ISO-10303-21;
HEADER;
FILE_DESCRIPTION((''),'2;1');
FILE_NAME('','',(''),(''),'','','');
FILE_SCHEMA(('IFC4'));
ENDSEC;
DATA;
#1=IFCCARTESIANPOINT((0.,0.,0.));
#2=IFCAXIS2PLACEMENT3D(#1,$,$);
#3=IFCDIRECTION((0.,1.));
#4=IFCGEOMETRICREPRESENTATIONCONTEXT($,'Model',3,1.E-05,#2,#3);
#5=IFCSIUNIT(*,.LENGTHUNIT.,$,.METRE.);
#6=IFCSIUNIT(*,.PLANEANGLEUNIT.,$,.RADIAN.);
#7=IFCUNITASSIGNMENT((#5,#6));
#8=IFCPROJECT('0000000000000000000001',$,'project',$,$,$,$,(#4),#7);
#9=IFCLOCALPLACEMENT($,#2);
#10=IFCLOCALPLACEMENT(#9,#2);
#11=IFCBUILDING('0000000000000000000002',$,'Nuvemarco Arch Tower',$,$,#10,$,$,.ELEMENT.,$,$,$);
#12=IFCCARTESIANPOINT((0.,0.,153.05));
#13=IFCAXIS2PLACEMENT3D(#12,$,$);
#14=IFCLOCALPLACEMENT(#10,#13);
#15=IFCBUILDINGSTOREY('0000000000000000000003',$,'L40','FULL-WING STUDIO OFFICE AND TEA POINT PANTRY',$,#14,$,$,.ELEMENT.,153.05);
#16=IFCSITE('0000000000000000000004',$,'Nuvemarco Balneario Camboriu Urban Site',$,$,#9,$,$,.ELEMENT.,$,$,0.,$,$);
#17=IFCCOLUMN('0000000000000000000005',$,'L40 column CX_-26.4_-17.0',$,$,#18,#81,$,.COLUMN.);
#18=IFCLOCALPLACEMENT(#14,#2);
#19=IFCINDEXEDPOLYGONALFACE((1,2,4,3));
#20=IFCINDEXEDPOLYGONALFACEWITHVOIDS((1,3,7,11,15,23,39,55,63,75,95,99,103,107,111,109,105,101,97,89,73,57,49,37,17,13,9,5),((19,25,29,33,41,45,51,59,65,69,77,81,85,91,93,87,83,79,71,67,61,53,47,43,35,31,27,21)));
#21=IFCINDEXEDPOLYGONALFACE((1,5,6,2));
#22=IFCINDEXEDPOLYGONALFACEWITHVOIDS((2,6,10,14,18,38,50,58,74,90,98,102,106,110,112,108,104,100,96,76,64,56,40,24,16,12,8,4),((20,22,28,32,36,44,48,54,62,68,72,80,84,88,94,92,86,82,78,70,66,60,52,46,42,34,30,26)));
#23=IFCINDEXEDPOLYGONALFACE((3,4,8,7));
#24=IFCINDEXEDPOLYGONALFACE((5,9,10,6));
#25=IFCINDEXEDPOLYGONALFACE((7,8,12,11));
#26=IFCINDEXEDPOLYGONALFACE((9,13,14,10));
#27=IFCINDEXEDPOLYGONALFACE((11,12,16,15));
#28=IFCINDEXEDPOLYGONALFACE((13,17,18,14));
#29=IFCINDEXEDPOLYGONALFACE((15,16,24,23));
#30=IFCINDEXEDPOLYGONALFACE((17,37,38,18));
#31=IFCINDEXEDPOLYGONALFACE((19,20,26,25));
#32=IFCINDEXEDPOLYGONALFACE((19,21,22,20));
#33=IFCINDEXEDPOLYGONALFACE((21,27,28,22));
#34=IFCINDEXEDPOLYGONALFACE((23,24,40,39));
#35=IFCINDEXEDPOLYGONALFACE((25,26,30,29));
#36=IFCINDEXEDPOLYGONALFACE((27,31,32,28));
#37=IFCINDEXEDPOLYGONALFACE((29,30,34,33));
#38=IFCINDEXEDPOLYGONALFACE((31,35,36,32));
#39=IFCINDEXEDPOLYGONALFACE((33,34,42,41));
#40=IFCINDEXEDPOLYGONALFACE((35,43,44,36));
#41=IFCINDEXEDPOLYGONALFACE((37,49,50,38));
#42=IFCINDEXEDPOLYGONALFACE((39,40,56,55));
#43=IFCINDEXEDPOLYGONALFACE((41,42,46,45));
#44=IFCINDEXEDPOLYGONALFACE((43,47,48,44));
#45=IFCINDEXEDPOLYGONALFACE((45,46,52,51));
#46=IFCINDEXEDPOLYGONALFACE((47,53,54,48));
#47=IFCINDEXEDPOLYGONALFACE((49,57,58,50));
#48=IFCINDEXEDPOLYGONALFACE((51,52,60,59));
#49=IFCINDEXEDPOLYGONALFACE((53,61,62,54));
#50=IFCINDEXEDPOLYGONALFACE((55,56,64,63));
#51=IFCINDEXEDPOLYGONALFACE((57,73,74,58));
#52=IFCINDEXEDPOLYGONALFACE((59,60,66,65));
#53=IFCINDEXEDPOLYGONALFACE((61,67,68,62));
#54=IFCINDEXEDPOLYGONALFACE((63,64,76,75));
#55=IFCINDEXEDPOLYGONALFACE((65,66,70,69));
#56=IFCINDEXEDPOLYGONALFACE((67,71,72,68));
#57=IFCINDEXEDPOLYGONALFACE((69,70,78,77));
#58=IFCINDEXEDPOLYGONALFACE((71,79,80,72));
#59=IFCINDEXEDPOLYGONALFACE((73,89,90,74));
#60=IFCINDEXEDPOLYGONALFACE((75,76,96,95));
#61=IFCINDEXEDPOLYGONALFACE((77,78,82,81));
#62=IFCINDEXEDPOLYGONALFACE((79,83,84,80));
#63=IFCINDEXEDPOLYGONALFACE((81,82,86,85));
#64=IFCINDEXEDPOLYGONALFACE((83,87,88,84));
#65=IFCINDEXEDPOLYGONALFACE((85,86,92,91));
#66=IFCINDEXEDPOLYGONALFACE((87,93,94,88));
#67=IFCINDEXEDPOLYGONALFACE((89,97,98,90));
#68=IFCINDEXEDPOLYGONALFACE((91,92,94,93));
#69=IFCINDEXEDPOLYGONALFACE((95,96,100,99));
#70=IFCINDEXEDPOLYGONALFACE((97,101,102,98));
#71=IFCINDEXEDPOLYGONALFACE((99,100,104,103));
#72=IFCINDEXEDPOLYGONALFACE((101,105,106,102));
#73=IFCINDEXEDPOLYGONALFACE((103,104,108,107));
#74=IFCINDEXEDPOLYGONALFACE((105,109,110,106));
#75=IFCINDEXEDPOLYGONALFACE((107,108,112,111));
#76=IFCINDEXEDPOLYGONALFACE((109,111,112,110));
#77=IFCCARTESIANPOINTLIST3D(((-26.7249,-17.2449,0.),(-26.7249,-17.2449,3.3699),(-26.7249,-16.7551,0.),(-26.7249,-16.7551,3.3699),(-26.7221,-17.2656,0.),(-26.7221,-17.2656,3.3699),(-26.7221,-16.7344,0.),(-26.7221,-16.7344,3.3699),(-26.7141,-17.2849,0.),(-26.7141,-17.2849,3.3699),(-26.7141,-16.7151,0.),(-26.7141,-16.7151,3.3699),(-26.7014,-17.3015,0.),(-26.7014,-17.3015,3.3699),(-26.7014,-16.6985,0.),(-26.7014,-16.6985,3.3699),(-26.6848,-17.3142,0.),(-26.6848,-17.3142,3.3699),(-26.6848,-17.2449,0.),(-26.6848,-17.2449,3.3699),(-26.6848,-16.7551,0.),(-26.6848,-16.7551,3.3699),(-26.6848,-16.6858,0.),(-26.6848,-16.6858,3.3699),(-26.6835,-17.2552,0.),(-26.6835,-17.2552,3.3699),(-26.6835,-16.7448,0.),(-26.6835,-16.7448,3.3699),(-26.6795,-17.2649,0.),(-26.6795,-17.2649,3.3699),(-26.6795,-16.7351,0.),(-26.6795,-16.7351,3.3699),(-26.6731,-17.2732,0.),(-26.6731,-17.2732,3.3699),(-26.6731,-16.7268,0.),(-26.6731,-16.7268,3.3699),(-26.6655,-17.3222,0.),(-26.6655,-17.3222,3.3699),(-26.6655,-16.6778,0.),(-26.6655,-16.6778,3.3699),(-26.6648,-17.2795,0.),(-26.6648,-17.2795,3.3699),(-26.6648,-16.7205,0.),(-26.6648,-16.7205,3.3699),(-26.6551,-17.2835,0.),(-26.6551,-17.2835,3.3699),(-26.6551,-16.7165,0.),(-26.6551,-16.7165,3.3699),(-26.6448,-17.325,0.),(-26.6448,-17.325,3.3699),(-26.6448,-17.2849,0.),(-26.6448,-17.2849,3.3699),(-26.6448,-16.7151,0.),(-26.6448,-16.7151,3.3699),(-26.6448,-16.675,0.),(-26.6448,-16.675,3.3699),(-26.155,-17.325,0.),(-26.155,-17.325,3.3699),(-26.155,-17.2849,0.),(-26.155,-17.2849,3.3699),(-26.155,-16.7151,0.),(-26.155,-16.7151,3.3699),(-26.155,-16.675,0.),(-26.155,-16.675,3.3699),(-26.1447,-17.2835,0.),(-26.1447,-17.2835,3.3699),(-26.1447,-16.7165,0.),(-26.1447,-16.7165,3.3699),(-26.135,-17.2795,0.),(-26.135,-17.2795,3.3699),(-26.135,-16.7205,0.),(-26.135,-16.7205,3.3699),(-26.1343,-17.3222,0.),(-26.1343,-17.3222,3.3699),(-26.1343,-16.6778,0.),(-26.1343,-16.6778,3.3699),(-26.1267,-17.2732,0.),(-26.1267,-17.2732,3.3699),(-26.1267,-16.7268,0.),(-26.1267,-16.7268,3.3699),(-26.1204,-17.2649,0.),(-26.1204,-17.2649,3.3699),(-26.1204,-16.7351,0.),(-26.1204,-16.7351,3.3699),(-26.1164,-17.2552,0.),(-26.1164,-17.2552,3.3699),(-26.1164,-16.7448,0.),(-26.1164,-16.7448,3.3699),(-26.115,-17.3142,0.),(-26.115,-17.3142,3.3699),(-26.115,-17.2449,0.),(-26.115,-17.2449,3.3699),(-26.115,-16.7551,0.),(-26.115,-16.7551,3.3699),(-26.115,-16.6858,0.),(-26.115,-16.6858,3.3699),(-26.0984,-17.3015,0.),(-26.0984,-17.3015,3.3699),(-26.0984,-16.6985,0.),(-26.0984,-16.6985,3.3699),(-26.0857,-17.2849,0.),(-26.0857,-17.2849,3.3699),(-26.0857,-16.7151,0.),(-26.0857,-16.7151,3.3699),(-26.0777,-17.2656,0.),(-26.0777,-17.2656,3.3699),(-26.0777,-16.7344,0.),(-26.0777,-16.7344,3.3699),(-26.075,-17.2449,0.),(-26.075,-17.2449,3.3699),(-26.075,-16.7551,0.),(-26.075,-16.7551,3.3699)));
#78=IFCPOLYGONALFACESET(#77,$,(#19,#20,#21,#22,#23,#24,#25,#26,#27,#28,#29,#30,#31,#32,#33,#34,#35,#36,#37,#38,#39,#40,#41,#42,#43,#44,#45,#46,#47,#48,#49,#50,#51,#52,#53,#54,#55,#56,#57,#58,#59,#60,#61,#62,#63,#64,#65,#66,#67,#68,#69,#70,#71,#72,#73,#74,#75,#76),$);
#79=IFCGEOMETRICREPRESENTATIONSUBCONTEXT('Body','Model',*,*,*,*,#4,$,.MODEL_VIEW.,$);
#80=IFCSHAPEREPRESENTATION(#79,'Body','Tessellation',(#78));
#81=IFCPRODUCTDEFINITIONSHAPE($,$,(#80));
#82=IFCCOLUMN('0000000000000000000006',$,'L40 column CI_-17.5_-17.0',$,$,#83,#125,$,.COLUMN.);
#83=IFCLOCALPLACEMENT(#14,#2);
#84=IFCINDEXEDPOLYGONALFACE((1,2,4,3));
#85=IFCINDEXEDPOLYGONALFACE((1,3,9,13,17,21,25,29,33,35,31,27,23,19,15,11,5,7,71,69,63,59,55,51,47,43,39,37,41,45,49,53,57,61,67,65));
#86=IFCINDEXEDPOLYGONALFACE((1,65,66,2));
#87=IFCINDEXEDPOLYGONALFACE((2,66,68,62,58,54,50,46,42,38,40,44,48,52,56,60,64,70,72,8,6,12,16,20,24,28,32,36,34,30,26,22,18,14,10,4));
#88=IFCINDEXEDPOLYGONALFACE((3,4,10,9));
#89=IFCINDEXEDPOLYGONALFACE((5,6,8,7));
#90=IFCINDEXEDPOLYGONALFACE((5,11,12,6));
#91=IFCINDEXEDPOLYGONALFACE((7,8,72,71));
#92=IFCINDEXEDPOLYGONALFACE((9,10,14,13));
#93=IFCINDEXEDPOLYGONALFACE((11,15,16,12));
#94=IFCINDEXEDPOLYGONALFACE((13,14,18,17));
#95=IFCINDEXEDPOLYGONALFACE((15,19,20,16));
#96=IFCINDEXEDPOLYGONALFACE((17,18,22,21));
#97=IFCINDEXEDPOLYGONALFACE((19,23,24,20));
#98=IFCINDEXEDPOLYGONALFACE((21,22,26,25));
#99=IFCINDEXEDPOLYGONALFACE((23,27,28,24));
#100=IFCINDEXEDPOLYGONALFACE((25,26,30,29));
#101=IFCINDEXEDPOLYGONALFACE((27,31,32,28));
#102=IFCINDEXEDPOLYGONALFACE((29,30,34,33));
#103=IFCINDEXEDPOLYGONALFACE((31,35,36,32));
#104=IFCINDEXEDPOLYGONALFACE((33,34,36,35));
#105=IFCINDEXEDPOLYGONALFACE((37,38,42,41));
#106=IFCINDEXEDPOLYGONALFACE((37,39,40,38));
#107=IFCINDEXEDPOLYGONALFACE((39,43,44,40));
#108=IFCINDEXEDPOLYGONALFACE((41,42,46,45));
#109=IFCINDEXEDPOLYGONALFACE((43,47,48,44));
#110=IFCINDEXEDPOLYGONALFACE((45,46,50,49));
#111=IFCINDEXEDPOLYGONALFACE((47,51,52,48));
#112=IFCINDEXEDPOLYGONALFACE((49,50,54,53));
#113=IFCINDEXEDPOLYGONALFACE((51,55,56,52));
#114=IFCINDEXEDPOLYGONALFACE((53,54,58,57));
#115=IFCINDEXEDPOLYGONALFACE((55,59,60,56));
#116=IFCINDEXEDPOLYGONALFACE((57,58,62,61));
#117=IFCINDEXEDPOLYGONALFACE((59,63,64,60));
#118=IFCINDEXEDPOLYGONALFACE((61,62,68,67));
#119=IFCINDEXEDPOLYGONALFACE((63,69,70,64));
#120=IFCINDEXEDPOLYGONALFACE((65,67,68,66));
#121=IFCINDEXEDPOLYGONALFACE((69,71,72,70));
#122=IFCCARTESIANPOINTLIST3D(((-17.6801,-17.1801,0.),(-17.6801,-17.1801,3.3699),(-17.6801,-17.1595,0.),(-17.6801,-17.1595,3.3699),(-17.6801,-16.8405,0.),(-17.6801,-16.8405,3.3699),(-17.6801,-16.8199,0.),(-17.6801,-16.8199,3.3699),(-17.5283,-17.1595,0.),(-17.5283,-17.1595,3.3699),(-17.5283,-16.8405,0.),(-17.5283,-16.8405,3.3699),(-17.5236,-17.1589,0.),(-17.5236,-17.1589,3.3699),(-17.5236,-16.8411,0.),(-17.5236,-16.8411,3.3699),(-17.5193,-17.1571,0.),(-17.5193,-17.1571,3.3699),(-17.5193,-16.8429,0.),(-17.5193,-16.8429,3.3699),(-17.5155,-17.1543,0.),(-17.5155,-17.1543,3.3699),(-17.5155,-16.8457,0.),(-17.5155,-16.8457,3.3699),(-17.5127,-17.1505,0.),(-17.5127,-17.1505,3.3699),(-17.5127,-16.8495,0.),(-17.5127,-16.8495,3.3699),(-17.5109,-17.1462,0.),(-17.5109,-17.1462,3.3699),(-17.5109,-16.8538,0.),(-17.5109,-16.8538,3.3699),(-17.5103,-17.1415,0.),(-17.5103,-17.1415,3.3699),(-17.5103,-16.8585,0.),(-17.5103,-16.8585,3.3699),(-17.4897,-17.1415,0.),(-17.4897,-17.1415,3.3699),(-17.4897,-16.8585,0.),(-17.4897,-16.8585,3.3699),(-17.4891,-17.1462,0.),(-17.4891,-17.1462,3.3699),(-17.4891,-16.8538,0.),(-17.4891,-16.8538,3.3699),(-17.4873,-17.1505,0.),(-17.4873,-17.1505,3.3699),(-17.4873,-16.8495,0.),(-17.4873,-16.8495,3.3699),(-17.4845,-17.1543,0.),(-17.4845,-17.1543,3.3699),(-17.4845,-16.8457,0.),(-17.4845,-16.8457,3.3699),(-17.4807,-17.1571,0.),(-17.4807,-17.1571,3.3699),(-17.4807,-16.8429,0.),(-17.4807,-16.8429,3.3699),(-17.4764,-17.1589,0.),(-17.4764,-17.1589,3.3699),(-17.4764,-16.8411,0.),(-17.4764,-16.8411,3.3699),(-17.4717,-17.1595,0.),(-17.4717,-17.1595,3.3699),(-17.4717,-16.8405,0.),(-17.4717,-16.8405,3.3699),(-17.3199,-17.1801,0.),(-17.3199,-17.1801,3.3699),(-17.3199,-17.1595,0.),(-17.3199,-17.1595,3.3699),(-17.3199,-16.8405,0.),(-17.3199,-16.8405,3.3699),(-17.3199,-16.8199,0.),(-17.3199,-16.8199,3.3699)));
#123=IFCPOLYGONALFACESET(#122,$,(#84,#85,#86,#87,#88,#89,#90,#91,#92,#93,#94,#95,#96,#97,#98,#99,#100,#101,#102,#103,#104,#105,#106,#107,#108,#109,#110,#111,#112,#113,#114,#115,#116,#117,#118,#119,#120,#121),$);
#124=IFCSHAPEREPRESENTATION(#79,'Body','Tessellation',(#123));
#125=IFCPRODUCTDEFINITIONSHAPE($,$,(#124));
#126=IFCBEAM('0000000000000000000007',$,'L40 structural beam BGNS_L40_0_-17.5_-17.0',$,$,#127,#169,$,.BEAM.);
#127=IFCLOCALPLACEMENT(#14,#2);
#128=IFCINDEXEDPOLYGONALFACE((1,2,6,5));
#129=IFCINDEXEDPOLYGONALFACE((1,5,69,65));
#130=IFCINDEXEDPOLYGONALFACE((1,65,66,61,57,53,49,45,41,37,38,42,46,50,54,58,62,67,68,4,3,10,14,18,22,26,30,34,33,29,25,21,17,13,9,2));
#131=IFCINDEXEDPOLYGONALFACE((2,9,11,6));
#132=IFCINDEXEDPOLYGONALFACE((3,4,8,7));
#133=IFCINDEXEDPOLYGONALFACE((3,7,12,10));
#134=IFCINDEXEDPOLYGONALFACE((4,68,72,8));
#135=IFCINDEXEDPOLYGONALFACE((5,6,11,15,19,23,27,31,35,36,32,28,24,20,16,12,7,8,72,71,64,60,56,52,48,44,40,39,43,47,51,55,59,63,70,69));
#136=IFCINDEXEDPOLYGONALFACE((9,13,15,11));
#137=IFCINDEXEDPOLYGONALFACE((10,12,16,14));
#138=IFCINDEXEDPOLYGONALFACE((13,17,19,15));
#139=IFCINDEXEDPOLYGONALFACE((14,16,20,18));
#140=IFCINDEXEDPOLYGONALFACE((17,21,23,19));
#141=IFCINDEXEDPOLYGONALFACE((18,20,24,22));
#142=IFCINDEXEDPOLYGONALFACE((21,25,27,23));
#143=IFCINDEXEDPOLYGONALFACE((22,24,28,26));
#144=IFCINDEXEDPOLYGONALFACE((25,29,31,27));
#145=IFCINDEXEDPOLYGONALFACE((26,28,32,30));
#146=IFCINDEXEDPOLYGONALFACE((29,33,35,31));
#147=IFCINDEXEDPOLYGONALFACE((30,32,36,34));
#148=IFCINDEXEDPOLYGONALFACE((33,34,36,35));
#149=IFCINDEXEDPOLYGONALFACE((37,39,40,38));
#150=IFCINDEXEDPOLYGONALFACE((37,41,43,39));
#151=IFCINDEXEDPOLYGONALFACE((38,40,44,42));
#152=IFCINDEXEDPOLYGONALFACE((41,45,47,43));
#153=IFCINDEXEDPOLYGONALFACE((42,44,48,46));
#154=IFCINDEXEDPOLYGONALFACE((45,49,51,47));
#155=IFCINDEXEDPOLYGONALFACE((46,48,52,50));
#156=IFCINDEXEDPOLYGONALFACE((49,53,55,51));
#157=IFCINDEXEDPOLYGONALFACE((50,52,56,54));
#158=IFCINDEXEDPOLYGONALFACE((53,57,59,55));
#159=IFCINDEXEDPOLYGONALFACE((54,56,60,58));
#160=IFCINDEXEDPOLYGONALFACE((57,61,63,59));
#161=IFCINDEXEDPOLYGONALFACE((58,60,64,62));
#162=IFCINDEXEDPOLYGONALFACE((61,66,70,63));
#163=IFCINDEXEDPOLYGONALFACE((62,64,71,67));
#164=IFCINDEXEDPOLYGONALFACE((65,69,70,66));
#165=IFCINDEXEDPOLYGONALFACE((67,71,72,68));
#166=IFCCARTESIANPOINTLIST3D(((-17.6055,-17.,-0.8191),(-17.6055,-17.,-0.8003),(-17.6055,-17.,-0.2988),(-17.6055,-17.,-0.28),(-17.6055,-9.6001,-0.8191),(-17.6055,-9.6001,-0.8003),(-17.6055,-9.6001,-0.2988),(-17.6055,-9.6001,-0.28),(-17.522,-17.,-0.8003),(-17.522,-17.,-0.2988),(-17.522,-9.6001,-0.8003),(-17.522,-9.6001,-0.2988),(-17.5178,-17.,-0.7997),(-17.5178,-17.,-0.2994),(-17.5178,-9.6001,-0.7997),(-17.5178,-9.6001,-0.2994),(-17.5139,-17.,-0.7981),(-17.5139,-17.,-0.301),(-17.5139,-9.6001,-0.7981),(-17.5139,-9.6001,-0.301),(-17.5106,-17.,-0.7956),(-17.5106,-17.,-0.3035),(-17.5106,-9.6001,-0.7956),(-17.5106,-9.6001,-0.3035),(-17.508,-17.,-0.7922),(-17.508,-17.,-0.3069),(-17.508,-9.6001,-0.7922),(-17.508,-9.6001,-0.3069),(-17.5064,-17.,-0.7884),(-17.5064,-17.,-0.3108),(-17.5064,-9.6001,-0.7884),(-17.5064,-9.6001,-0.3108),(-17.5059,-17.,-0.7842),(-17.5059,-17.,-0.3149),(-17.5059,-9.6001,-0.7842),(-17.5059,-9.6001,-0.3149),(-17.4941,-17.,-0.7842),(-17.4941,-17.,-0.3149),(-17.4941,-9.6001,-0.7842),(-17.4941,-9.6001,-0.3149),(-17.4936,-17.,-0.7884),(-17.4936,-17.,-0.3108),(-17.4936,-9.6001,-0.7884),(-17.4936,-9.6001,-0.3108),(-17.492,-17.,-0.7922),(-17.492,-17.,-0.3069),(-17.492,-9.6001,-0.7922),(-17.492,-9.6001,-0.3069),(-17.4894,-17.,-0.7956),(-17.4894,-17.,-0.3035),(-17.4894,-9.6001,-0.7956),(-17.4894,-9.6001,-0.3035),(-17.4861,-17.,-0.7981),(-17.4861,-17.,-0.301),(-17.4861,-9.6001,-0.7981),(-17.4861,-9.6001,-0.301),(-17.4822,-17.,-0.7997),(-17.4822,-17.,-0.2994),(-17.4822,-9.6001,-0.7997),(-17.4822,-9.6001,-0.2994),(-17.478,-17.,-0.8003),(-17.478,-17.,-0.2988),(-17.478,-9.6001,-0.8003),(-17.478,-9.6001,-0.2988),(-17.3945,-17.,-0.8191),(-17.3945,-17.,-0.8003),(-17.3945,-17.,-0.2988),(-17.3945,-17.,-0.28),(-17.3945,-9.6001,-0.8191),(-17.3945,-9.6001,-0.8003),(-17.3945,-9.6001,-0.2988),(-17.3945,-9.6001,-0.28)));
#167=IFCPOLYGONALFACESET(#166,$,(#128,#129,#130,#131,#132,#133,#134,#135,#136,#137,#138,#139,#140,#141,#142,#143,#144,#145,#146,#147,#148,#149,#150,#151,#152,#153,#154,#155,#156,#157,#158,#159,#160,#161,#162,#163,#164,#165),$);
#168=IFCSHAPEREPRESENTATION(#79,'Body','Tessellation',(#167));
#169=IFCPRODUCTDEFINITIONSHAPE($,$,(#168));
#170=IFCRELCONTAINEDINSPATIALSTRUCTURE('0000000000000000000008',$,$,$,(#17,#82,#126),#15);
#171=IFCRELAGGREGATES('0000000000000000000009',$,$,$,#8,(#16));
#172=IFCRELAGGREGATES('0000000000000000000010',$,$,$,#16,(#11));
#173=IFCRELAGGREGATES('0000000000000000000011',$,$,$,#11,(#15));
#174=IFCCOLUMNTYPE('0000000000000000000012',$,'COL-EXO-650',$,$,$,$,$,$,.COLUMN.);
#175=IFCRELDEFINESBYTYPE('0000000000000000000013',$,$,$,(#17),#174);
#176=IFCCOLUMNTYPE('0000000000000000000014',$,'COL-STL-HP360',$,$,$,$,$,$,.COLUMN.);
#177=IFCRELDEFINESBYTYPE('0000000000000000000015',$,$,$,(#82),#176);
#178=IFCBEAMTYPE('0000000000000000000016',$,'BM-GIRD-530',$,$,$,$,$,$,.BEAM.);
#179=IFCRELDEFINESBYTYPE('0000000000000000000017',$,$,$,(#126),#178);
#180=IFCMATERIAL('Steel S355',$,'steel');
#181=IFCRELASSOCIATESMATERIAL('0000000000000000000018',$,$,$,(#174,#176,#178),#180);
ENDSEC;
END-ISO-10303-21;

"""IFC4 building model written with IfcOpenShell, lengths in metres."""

from ifc_helpers import new_model, si_unit, direction, frame, origin, origin_2d, place, context, subcontext, project, spatial, hollow_rectangle, i_section, extrude, material, material_profile, profile_set, type_object, element, save


model = new_model("IFC4")

# Units and contexts
model_context = context("Model", 3, precision=1e-05, world=origin(), true_north=direction((0.0, 1.0)))
body_context = subcontext(model_context, "Body", "Model", "MODEL_VIEW")
ifc_project = project(units=[si_unit("LENGTHUNIT", "METRE"), si_unit("PLANEANGLEUNIT", "RADIAN")], contexts=[model_context])

# Site, building, storey
site_placement = place(None, origin())
site = spatial("IfcSite", under=ifc_project, at=site_placement, Name="Nuvemarco Balneario Camboriu Urban Site", CompositionType="ELEMENT", RefElevation=0.0)
building_placement = place(site_placement, origin())
building = spatial("IfcBuilding", under=site, at=building_placement, Name="Nuvemarco Arch Tower", CompositionType="ELEMENT")
storey_placement = place(building_placement, frame((0.0, 0.0, 153.05)))
storey = spatial("IfcBuildingStorey", under=building, at=storey_placement, Name="L40", Description="FULL-WING STUDIO OFFICE AND TEA POINT PANTRY", CompositionType="ELEMENT", Elevation=153.05)

# Columns
ifc_material_1 = material(Name="Steel S355", Category="steel")
ifc_material_profile_1 = material_profile(ifc_material_1, hollow_rectangle(XDim=0.6499, YDim=0.6499, WallThickness=0.04, InnerFilletRadius=0.04, OuterFilletRadius=0.0801, at=origin_2d()), Name="SHS650x650x40")
ifc_profile_set_1 = profile_set([ifc_material_profile_1], Name="Steel S355")
column_type_1 = type_object("IfcColumnType", Name="COL-EXO-650", PredefinedType="COLUMN", material=ifc_profile_set_1)
column_1_placement = place(storey_placement, frame((-26.3999, -17.0, 0.0), z_axis=(0.0, 0.0, 1.0), x_axis=(1.0, 0.0, 0.0)))
element("IfcColumn", 1, at=column_1_placement, inside=storey, type_object=column_type_1, Name="L40 column CX_-26.4_-17.0", PredefinedType="COLUMN", context=body_context, shape_type="SweptSolid", body=[
    extrude(hollow_rectangle(XDim=0.6499, YDim=0.6499, WallThickness=0.04, InnerFilletRadius=0.04, OuterFilletRadius=0.0801, at=origin_2d()), origin(), (0.0, 0.0, 1.0), 3.3699),
])
ifc_material_profile_2 = material_profile(ifc_material_1, i_section(OverallWidth=0.3601, OverallDepth=0.3601, WebThickness=0.0205, FlangeThickness=0.0205, FilletRadius=0.0181, at=origin_2d()), Name="HP360x174")
ifc_profile_set_2 = profile_set([ifc_material_profile_2], Name="Steel S355")
column_type_2 = type_object("IfcColumnType", Name="COL-STL-HP360", PredefinedType="COLUMN", material=ifc_profile_set_2)
column_2_placement = place(storey_placement, frame((-17.5, -17.0, 0.0), z_axis=(0.0, 0.0, 1.0), x_axis=(1.0, 0.0, 0.0)))
element("IfcColumn", 2, at=column_2_placement, inside=storey, type_object=column_type_2, Name="L40 column CI_-17.5_-17.0", PredefinedType="COLUMN", context=body_context, shape_type="SweptSolid", body=[
    extrude(i_section(OverallWidth=0.3601, OverallDepth=0.3601, WebThickness=0.0205, FlangeThickness=0.0205, FilletRadius=0.0181, at=origin_2d()), origin(), (0.0, 0.0, 1.0), 3.3699),
])

# Beam
ifc_material_profile_3 = material_profile(ifc_material_1, i_section(OverallWidth=0.2109, OverallDepth=0.5391, WebThickness=0.0117, FlangeThickness=0.0188, FilletRadius=0.0161, at=origin_2d()), Name="W530x109")
ifc_profile_set_3 = profile_set([ifc_material_profile_3], Name="Steel S355")
beam_type_1 = type_object("IfcBeamType", Name="BM-GIRD-530", PredefinedType="BEAM", material=ifc_profile_set_3)
beam_1_placement = place(storey_placement, frame((-17.5, -17.0, -0.5496), z_axis=(0.0, 1.0, 0.0), x_axis=(-1.0, 0.0, 0.0)))
element("IfcBeam", 3, at=beam_1_placement, inside=storey, type_object=beam_type_1, Name="L40 structural beam BGNS_L40_0_-17.5_-17.0", PredefinedType="BEAM", context=body_context, shape_type="SweptSolid", body=[
    extrude(i_section(OverallWidth=0.2109, OverallDepth=0.5391, WebThickness=0.0117, FlangeThickness=0.0188, FilletRadius=0.0161, at=origin_2d()), origin(), (0.0, 0.0, 1.0), 7.3999),
])

save(model, "model.ifc")
